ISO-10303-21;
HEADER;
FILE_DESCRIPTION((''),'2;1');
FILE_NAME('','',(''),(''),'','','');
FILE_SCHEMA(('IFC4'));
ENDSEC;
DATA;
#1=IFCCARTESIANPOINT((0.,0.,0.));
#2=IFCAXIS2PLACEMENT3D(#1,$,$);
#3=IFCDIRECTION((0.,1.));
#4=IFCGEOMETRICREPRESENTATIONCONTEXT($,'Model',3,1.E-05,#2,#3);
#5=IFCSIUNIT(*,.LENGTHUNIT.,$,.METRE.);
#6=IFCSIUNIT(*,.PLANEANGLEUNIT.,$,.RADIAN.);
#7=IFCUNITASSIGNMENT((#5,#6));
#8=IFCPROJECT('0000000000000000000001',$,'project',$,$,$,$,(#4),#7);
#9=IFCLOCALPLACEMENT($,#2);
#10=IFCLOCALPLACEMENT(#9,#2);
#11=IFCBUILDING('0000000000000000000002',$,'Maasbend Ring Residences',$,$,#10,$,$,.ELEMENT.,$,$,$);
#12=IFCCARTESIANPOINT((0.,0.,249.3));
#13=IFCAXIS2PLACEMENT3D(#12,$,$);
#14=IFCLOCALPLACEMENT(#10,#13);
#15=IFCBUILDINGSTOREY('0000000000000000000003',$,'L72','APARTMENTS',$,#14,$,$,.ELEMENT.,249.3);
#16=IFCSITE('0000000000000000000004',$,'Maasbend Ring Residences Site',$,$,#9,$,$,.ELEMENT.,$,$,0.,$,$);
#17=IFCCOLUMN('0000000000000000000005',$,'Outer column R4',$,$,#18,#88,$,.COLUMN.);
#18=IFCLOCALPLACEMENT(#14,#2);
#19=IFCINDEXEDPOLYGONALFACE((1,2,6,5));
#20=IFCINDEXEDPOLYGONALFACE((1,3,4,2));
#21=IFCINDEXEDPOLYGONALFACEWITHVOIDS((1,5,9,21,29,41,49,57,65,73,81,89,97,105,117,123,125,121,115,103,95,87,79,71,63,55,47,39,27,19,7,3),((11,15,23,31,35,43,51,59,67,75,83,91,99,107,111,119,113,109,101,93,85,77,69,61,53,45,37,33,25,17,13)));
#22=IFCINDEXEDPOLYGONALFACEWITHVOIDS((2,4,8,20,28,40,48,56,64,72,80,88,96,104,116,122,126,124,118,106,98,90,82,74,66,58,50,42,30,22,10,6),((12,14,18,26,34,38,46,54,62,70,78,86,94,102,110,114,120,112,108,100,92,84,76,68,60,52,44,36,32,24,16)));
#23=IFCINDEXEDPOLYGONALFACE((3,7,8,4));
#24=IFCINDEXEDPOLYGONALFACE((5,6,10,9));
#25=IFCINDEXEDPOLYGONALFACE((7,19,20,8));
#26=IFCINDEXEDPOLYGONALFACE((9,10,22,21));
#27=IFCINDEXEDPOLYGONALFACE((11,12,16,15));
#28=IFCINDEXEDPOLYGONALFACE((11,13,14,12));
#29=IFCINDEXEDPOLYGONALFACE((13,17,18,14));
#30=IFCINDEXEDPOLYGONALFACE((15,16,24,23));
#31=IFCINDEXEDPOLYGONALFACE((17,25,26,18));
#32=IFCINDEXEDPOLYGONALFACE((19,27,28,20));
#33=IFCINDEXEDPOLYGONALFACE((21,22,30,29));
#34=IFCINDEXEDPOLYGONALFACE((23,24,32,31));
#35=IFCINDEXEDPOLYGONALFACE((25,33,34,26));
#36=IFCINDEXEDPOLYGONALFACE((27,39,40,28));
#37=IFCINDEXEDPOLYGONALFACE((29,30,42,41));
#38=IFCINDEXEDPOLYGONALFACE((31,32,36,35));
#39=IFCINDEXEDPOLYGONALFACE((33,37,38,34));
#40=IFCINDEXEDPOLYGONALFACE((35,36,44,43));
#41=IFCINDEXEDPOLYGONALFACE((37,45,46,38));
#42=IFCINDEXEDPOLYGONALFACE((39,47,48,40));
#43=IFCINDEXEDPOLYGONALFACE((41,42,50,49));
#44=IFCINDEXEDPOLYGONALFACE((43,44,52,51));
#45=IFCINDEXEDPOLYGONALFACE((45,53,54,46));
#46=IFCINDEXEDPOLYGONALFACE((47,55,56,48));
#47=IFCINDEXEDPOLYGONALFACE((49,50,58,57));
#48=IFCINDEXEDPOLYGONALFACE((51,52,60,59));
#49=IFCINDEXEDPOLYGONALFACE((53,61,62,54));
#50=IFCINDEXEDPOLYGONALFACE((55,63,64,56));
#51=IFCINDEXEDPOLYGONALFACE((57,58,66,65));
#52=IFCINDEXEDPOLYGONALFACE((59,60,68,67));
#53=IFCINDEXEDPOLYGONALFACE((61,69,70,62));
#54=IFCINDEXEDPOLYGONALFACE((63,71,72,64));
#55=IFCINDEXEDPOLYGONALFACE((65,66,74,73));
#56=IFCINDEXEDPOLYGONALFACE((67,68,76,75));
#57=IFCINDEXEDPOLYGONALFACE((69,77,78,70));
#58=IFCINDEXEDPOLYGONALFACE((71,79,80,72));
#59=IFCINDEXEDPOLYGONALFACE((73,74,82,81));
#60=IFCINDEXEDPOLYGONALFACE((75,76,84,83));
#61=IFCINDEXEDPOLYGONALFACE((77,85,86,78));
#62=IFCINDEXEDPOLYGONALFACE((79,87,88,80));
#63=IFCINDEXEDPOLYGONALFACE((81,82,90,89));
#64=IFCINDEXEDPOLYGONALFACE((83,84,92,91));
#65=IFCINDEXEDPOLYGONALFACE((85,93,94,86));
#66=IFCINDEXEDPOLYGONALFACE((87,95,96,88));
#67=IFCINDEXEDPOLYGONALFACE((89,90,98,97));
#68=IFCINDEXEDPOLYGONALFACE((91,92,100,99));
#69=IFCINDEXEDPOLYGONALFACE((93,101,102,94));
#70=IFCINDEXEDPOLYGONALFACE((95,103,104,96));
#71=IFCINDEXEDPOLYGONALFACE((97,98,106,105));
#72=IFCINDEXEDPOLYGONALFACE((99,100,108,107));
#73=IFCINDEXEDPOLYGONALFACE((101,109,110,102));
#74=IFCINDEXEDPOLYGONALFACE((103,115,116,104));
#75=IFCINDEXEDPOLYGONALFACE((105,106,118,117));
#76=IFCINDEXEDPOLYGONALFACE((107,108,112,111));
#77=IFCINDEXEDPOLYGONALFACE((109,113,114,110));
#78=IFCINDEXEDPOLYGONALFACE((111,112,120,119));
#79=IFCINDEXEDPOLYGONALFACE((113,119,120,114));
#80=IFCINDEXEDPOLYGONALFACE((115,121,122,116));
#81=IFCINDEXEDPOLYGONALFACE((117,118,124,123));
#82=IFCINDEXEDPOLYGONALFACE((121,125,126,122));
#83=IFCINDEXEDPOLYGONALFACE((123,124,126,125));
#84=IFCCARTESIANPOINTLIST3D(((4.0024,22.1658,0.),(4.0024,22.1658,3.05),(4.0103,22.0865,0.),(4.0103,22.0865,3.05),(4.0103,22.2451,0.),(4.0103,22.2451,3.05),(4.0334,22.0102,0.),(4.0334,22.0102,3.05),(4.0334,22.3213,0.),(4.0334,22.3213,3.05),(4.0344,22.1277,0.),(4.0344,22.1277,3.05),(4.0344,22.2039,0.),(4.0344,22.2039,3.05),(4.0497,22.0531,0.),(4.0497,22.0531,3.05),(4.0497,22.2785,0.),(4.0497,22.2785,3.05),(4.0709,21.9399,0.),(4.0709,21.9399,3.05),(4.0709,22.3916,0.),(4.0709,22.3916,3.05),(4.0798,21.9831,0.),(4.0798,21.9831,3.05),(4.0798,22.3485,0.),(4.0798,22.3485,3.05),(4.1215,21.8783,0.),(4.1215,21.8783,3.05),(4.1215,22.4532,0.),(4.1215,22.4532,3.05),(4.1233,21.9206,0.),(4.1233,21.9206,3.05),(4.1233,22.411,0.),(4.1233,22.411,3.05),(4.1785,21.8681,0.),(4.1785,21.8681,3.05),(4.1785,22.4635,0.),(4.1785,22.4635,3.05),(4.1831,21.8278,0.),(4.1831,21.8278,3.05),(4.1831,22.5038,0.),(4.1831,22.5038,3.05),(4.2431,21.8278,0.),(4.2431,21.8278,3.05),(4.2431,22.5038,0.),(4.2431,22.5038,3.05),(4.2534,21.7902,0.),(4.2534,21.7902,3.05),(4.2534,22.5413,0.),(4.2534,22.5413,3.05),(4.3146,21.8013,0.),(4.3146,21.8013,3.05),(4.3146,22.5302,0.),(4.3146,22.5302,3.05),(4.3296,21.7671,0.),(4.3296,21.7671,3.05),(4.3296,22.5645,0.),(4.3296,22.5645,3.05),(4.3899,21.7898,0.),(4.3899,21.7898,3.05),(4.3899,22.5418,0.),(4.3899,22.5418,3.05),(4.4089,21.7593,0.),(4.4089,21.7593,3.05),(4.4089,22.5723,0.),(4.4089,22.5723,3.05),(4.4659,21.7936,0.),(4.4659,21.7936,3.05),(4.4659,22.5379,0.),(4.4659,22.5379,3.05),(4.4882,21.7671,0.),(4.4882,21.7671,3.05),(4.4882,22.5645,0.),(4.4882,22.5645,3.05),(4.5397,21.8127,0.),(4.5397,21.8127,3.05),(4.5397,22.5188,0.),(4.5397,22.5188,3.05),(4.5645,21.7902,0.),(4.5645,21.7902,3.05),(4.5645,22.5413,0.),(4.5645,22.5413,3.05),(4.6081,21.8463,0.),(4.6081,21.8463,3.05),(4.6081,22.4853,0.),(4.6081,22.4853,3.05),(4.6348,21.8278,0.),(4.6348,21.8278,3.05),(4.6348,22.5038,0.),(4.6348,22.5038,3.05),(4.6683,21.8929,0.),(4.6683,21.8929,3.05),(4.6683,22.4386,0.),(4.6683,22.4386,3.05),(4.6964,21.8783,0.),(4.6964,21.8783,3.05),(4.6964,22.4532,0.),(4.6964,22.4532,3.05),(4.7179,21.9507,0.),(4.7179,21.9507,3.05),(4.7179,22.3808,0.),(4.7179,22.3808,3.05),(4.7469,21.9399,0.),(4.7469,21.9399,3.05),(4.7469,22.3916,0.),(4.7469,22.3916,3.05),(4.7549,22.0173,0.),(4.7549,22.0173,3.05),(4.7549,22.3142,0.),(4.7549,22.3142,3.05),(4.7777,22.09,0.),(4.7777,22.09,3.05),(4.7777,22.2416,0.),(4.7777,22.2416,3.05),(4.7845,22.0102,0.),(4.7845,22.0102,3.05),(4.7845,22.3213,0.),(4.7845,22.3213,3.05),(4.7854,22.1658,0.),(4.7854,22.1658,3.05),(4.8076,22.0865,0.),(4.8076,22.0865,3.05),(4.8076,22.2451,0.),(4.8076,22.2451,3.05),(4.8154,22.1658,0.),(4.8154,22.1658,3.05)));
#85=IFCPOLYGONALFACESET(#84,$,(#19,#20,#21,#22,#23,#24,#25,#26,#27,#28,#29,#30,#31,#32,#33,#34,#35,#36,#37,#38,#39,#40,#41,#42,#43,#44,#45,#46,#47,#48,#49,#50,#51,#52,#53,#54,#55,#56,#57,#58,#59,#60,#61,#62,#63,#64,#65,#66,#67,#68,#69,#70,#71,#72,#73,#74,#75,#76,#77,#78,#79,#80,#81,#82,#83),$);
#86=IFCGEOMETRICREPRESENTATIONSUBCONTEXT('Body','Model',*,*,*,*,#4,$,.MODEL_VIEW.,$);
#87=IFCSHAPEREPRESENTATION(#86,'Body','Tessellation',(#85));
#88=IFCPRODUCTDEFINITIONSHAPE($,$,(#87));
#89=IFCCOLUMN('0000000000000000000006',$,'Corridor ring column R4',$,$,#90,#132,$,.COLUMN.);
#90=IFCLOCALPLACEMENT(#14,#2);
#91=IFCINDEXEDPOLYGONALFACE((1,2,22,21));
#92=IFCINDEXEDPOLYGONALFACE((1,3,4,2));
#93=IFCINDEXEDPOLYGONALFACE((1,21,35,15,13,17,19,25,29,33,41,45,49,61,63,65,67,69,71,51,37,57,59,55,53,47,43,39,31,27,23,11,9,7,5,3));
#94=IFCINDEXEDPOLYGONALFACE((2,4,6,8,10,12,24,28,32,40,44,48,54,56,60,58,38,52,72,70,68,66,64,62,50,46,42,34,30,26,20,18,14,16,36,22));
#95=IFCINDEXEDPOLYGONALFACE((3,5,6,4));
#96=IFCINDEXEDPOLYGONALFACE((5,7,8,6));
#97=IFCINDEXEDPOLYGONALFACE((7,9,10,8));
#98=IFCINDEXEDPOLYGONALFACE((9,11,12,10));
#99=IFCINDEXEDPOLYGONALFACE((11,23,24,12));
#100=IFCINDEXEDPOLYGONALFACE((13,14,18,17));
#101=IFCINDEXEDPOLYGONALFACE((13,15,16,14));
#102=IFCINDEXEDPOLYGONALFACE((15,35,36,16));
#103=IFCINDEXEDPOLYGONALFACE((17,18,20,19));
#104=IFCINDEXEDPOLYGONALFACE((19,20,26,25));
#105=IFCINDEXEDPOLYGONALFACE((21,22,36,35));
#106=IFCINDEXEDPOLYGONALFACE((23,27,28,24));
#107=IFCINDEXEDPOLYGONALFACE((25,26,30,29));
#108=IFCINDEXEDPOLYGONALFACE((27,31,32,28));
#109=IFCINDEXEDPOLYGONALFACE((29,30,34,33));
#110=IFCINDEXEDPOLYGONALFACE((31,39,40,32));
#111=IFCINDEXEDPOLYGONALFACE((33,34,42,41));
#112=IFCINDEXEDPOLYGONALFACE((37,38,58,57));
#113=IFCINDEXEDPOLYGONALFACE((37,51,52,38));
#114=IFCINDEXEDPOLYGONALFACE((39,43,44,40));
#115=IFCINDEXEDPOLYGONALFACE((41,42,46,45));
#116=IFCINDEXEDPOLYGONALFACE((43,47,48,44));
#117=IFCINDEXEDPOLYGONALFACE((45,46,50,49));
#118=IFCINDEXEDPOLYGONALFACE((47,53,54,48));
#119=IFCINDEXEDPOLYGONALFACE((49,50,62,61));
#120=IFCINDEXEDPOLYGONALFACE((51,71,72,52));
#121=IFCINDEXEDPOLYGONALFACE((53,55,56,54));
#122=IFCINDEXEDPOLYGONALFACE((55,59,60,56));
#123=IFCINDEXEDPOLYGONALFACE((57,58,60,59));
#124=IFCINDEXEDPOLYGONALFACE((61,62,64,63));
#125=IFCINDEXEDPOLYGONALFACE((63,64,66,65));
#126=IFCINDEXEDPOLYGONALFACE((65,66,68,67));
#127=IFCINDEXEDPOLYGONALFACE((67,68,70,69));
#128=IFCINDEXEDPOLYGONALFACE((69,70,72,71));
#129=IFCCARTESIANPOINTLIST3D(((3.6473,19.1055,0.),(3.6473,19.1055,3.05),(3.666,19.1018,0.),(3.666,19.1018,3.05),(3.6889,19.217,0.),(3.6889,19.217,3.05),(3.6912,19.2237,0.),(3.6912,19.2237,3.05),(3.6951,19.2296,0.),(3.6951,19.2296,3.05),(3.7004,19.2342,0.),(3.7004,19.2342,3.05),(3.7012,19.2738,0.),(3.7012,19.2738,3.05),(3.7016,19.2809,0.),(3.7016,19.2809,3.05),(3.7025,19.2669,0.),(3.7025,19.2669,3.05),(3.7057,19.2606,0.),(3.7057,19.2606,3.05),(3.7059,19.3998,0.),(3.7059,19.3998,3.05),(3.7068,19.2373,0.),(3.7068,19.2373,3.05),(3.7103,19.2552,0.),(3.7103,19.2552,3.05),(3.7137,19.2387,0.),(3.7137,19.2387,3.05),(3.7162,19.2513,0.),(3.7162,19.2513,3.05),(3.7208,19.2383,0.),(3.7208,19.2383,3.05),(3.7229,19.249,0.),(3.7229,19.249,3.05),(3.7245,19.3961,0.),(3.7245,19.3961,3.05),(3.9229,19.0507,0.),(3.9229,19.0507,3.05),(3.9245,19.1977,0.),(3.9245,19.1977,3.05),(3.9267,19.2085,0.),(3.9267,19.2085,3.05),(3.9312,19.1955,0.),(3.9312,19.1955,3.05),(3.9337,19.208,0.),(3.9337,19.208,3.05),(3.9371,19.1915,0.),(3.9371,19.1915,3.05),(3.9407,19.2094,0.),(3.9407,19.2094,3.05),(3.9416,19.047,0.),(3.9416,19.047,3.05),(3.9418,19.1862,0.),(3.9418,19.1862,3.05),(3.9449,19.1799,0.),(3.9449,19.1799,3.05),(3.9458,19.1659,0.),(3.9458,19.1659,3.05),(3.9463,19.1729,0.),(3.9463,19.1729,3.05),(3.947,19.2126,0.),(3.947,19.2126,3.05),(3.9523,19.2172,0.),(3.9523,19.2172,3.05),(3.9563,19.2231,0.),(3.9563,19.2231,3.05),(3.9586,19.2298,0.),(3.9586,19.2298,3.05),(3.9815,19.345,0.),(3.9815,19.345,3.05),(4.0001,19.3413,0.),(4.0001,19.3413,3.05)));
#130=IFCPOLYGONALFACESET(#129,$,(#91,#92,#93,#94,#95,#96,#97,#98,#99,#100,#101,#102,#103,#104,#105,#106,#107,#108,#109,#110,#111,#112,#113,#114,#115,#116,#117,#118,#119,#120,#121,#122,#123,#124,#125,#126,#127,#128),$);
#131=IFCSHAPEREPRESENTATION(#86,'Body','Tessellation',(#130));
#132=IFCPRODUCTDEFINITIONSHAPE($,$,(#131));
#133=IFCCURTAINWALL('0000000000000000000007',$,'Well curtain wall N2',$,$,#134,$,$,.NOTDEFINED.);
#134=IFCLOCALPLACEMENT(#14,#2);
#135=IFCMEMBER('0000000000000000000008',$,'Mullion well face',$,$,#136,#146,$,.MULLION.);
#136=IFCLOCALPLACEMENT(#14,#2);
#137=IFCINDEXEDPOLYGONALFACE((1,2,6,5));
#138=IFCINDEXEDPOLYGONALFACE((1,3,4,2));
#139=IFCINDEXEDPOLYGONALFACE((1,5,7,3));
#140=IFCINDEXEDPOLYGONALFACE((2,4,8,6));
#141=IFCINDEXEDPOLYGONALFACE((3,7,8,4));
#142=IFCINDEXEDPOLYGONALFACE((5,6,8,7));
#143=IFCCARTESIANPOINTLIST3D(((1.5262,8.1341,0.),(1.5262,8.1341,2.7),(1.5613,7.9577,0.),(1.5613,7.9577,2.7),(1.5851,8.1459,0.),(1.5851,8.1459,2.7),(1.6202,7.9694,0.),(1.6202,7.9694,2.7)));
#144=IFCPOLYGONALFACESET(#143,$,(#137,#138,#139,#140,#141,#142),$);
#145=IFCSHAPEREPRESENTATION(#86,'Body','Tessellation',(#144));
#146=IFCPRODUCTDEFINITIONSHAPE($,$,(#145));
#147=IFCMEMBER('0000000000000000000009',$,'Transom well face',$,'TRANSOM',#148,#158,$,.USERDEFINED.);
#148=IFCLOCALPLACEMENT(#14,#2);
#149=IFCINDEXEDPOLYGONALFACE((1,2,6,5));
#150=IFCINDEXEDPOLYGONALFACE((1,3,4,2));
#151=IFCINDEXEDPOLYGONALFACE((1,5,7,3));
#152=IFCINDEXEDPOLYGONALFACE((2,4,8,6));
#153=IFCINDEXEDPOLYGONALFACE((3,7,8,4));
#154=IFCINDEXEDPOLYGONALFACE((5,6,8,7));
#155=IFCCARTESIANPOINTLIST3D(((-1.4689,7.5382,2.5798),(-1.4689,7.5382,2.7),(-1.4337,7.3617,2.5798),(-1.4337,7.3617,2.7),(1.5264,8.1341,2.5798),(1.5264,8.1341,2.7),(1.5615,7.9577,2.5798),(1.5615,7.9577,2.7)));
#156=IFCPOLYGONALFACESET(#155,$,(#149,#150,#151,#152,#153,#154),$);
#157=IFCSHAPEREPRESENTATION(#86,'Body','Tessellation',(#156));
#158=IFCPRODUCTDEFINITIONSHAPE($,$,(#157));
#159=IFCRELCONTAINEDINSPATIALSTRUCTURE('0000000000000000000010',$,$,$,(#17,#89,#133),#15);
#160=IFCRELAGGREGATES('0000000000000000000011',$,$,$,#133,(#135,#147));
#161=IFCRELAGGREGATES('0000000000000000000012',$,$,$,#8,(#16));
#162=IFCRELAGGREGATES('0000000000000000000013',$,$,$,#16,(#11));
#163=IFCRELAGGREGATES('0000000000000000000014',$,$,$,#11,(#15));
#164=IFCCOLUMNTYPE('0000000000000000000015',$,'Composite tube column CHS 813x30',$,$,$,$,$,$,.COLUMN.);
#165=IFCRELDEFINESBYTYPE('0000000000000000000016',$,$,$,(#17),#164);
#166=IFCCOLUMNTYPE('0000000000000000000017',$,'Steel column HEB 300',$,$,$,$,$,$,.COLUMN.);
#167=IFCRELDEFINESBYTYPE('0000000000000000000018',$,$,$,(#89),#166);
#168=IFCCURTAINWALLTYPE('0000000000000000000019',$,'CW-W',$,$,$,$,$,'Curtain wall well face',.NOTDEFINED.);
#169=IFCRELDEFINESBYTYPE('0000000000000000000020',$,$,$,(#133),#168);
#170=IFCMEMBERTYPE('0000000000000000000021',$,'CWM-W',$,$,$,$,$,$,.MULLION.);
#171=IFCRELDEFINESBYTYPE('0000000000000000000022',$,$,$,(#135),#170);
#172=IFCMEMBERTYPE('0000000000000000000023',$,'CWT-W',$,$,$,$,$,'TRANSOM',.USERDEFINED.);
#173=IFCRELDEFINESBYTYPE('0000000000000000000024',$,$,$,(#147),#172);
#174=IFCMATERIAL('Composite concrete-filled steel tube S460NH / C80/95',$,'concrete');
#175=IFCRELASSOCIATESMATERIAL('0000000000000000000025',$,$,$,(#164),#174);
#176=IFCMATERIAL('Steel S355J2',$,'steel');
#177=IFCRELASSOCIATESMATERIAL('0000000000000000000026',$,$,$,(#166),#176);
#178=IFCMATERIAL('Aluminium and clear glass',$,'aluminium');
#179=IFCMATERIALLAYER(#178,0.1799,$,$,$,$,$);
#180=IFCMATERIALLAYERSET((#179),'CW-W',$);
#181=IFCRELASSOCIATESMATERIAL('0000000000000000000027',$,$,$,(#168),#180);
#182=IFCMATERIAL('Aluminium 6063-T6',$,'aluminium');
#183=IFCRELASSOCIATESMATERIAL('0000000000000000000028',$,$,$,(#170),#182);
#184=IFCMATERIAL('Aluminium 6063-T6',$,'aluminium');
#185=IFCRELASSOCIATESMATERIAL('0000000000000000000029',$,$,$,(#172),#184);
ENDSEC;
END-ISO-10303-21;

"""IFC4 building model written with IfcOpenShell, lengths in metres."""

from ifc_helpers import new_model, si_unit, direction, frame, origin, origin_2d, place, context, subcontext, project, spatial, rectangle, hollow_circle, i_section, extrude, material, layer, layer_set, material_profile, profile_set, type_object, element, aggregate, save


model = new_model("IFC4")

# Units and contexts
model_context = context("Model", 3, precision=1e-05, world=origin(), true_north=direction((0.0, 1.0)))
body_context = subcontext(model_context, "Body", "Model", "MODEL_VIEW")
ifc_project = project(units=[si_unit("LENGTHUNIT", "METRE"), si_unit("PLANEANGLEUNIT", "RADIAN")], contexts=[model_context])

# Site, building, storey
site_placement = place(None, origin())
site = spatial("IfcSite", under=ifc_project, at=site_placement, Name="Maasbend Ring Residences Site", CompositionType="ELEMENT", RefElevation=0.0)
building_placement = place(site_placement, origin())
building = spatial("IfcBuilding", under=site, at=building_placement, Name="Maasbend Ring Residences", CompositionType="ELEMENT")
storey_placement = place(building_placement, frame((0.0, 0.0, 249.3)))
storey = spatial("IfcBuildingStorey", under=building, at=storey_placement, Name="L72", Description="APARTMENTS", CompositionType="ELEMENT", Elevation=249.3)

# Columns
ifc_material_1 = material(Name="Composite concrete-filled steel tube S460NH / C80/95", Category="concrete")
ifc_material_profile_1 = material_profile(ifc_material_1, hollow_circle(Radius=0.4065, WallThickness=0.03, at=origin_2d()), Name="Composite tube column CHS 813x30")
ifc_profile_set_1 = profile_set([ifc_material_profile_1], Name="Composite concrete-filled steel tube S460NH / C80/95")
column_type_1 = type_object("IfcColumnType", Name="Composite tube column CHS 813x30", PredefinedType="COLUMN", material=ifc_profile_set_1)
column_1_placement = place(storey_placement, frame((4.4089, 22.1658, 0.0), z_axis=(0.0, 0.0, 1.0), x_axis=(1.0, 0.0, 0.0)))
element("IfcColumn", 1, at=column_1_placement, inside=storey, type_object=column_type_1, Name="Outer column R4", PredefinedType="COLUMN", context=body_context, shape_type="SweptSolid", body=[
    extrude(hollow_circle(Radius=0.4065, WallThickness=0.03, at=origin_2d()), origin(), (0.0, 0.0, 1.0), 3.05),
])
ifc_material_2 = material(Name="Steel S355J2", Category="steel")
ifc_material_profile_2 = material_profile(ifc_material_2, i_section(OverallWidth=0.3, OverallDepth=0.3, WebThickness=0.011, FlangeThickness=0.019, FilletRadius=0.0271, at=origin_2d()), Name="HEB 300")
ifc_profile_set_2 = profile_set([ifc_material_profile_2], Name="Steel S355J2")
column_type_2 = type_object("IfcColumnType", Name="Steel column HEB 300", PredefinedType="COLUMN", material=ifc_profile_set_2)
column_2_placement = place(storey_placement, frame((3.8237, 19.2234, 0.0), z_axis=(0.0, 0.0, 1.0), x_axis=(0.19509, 0.980785, 0.0)))
element("IfcColumn", 2, at=column_2_placement, inside=storey, type_object=column_type_2, Name="Corridor ring column R4", PredefinedType="COLUMN", context=body_context, shape_type="SweptSolid", body=[
    extrude(i_section(OverallWidth=0.3, OverallDepth=0.3, WebThickness=0.011, FlangeThickness=0.019, FilletRadius=0.0271, at=origin_2d()), origin(), (0.0, 0.0, 1.0), 3.05),
])

# Curtain wall, members
ifc_material_3 = material(Name="Aluminium and clear glass", Category="aluminium")
ifc_layer_1 = layer(ifc_material_3, 0.1799)
ifc_layer_set_1 = layer_set([ifc_layer_1], Name="CW-W")
curtain_wall_type = type_object("IfcCurtainWallType", Name="CW-W", ElementType="Curtain wall well face", PredefinedType="NOTDEFINED", material=ifc_layer_set_1)
curtain_wall_placement = place(storey_placement, origin())
curtain_wall = element("IfcCurtainWall", 3, at=curtain_wall_placement, inside=storey, type_object=curtain_wall_type, Name="Well curtain wall N2", PredefinedType="NOTDEFINED")
ifc_material_4 = material(Name="Aluminium 6063-T6", Category="aluminium")
ifc_material_profile_3 = material_profile(ifc_material_4, rectangle(XDim=0.1799, YDim=0.0601, at=origin_2d()), Name="AL 180x60")
ifc_profile_set_3 = profile_set([ifc_material_profile_3], Name="Aluminium 6063-T6")
member_type_1 = type_object("IfcMemberType", Name="CWM-W", PredefinedType="MULLION", material=ifc_profile_set_3)
member_1_placement = place(storey_placement, frame((1.5732, 8.0518, 0.0), z_axis=(0.0, 0.0, 1.0), x_axis=(0.19509, -0.980785, 0.0)))
member_1 = element("IfcMember", 4, at=member_1_placement, type_object=member_type_1, Name="Mullion well face", PredefinedType="MULLION", context=body_context, shape_type="SweptSolid", body=[
    extrude(rectangle(XDim=0.1799, YDim=0.0601, at=origin_2d()), origin(), (0.0, 0.0, 1.0), 2.7),
])
ifc_material_5 = material(Name="Aluminium 6063-T6", Category="aluminium")
ifc_material_profile_4 = material_profile(ifc_material_5, rectangle(XDim=0.1799, YDim=0.1201, at=origin_2d()), Name="AL 180x120")
ifc_profile_set_4 = profile_set([ifc_material_profile_4], Name="Aluminium 6063-T6")
member_type_2 = type_object("IfcMemberType", Name="CWT-W", ElementType="TRANSOM", PredefinedType="USERDEFINED", material=ifc_profile_set_4)
member_2_placement = place(storey_placement, frame((1.5439, 8.0459, 2.6399), z_axis=(-0.980777, -0.195132, 0.0), x_axis=(0.195132, -0.980777, 0.0)))
member_2 = element("IfcMember", 5, at=member_2_placement, type_object=member_type_2, Name="Transom well face", ObjectType="TRANSOM", PredefinedType="USERDEFINED", context=body_context, shape_type="SweptSolid", body=[
    extrude(rectangle(XDim=0.1799, YDim=0.1201, at=origin_2d()), origin(), (0.0, 0.0, 1.0), 3.054),
])
aggregate(curtain_wall, [member_1, member_2])

save(model, "model.ifc")
